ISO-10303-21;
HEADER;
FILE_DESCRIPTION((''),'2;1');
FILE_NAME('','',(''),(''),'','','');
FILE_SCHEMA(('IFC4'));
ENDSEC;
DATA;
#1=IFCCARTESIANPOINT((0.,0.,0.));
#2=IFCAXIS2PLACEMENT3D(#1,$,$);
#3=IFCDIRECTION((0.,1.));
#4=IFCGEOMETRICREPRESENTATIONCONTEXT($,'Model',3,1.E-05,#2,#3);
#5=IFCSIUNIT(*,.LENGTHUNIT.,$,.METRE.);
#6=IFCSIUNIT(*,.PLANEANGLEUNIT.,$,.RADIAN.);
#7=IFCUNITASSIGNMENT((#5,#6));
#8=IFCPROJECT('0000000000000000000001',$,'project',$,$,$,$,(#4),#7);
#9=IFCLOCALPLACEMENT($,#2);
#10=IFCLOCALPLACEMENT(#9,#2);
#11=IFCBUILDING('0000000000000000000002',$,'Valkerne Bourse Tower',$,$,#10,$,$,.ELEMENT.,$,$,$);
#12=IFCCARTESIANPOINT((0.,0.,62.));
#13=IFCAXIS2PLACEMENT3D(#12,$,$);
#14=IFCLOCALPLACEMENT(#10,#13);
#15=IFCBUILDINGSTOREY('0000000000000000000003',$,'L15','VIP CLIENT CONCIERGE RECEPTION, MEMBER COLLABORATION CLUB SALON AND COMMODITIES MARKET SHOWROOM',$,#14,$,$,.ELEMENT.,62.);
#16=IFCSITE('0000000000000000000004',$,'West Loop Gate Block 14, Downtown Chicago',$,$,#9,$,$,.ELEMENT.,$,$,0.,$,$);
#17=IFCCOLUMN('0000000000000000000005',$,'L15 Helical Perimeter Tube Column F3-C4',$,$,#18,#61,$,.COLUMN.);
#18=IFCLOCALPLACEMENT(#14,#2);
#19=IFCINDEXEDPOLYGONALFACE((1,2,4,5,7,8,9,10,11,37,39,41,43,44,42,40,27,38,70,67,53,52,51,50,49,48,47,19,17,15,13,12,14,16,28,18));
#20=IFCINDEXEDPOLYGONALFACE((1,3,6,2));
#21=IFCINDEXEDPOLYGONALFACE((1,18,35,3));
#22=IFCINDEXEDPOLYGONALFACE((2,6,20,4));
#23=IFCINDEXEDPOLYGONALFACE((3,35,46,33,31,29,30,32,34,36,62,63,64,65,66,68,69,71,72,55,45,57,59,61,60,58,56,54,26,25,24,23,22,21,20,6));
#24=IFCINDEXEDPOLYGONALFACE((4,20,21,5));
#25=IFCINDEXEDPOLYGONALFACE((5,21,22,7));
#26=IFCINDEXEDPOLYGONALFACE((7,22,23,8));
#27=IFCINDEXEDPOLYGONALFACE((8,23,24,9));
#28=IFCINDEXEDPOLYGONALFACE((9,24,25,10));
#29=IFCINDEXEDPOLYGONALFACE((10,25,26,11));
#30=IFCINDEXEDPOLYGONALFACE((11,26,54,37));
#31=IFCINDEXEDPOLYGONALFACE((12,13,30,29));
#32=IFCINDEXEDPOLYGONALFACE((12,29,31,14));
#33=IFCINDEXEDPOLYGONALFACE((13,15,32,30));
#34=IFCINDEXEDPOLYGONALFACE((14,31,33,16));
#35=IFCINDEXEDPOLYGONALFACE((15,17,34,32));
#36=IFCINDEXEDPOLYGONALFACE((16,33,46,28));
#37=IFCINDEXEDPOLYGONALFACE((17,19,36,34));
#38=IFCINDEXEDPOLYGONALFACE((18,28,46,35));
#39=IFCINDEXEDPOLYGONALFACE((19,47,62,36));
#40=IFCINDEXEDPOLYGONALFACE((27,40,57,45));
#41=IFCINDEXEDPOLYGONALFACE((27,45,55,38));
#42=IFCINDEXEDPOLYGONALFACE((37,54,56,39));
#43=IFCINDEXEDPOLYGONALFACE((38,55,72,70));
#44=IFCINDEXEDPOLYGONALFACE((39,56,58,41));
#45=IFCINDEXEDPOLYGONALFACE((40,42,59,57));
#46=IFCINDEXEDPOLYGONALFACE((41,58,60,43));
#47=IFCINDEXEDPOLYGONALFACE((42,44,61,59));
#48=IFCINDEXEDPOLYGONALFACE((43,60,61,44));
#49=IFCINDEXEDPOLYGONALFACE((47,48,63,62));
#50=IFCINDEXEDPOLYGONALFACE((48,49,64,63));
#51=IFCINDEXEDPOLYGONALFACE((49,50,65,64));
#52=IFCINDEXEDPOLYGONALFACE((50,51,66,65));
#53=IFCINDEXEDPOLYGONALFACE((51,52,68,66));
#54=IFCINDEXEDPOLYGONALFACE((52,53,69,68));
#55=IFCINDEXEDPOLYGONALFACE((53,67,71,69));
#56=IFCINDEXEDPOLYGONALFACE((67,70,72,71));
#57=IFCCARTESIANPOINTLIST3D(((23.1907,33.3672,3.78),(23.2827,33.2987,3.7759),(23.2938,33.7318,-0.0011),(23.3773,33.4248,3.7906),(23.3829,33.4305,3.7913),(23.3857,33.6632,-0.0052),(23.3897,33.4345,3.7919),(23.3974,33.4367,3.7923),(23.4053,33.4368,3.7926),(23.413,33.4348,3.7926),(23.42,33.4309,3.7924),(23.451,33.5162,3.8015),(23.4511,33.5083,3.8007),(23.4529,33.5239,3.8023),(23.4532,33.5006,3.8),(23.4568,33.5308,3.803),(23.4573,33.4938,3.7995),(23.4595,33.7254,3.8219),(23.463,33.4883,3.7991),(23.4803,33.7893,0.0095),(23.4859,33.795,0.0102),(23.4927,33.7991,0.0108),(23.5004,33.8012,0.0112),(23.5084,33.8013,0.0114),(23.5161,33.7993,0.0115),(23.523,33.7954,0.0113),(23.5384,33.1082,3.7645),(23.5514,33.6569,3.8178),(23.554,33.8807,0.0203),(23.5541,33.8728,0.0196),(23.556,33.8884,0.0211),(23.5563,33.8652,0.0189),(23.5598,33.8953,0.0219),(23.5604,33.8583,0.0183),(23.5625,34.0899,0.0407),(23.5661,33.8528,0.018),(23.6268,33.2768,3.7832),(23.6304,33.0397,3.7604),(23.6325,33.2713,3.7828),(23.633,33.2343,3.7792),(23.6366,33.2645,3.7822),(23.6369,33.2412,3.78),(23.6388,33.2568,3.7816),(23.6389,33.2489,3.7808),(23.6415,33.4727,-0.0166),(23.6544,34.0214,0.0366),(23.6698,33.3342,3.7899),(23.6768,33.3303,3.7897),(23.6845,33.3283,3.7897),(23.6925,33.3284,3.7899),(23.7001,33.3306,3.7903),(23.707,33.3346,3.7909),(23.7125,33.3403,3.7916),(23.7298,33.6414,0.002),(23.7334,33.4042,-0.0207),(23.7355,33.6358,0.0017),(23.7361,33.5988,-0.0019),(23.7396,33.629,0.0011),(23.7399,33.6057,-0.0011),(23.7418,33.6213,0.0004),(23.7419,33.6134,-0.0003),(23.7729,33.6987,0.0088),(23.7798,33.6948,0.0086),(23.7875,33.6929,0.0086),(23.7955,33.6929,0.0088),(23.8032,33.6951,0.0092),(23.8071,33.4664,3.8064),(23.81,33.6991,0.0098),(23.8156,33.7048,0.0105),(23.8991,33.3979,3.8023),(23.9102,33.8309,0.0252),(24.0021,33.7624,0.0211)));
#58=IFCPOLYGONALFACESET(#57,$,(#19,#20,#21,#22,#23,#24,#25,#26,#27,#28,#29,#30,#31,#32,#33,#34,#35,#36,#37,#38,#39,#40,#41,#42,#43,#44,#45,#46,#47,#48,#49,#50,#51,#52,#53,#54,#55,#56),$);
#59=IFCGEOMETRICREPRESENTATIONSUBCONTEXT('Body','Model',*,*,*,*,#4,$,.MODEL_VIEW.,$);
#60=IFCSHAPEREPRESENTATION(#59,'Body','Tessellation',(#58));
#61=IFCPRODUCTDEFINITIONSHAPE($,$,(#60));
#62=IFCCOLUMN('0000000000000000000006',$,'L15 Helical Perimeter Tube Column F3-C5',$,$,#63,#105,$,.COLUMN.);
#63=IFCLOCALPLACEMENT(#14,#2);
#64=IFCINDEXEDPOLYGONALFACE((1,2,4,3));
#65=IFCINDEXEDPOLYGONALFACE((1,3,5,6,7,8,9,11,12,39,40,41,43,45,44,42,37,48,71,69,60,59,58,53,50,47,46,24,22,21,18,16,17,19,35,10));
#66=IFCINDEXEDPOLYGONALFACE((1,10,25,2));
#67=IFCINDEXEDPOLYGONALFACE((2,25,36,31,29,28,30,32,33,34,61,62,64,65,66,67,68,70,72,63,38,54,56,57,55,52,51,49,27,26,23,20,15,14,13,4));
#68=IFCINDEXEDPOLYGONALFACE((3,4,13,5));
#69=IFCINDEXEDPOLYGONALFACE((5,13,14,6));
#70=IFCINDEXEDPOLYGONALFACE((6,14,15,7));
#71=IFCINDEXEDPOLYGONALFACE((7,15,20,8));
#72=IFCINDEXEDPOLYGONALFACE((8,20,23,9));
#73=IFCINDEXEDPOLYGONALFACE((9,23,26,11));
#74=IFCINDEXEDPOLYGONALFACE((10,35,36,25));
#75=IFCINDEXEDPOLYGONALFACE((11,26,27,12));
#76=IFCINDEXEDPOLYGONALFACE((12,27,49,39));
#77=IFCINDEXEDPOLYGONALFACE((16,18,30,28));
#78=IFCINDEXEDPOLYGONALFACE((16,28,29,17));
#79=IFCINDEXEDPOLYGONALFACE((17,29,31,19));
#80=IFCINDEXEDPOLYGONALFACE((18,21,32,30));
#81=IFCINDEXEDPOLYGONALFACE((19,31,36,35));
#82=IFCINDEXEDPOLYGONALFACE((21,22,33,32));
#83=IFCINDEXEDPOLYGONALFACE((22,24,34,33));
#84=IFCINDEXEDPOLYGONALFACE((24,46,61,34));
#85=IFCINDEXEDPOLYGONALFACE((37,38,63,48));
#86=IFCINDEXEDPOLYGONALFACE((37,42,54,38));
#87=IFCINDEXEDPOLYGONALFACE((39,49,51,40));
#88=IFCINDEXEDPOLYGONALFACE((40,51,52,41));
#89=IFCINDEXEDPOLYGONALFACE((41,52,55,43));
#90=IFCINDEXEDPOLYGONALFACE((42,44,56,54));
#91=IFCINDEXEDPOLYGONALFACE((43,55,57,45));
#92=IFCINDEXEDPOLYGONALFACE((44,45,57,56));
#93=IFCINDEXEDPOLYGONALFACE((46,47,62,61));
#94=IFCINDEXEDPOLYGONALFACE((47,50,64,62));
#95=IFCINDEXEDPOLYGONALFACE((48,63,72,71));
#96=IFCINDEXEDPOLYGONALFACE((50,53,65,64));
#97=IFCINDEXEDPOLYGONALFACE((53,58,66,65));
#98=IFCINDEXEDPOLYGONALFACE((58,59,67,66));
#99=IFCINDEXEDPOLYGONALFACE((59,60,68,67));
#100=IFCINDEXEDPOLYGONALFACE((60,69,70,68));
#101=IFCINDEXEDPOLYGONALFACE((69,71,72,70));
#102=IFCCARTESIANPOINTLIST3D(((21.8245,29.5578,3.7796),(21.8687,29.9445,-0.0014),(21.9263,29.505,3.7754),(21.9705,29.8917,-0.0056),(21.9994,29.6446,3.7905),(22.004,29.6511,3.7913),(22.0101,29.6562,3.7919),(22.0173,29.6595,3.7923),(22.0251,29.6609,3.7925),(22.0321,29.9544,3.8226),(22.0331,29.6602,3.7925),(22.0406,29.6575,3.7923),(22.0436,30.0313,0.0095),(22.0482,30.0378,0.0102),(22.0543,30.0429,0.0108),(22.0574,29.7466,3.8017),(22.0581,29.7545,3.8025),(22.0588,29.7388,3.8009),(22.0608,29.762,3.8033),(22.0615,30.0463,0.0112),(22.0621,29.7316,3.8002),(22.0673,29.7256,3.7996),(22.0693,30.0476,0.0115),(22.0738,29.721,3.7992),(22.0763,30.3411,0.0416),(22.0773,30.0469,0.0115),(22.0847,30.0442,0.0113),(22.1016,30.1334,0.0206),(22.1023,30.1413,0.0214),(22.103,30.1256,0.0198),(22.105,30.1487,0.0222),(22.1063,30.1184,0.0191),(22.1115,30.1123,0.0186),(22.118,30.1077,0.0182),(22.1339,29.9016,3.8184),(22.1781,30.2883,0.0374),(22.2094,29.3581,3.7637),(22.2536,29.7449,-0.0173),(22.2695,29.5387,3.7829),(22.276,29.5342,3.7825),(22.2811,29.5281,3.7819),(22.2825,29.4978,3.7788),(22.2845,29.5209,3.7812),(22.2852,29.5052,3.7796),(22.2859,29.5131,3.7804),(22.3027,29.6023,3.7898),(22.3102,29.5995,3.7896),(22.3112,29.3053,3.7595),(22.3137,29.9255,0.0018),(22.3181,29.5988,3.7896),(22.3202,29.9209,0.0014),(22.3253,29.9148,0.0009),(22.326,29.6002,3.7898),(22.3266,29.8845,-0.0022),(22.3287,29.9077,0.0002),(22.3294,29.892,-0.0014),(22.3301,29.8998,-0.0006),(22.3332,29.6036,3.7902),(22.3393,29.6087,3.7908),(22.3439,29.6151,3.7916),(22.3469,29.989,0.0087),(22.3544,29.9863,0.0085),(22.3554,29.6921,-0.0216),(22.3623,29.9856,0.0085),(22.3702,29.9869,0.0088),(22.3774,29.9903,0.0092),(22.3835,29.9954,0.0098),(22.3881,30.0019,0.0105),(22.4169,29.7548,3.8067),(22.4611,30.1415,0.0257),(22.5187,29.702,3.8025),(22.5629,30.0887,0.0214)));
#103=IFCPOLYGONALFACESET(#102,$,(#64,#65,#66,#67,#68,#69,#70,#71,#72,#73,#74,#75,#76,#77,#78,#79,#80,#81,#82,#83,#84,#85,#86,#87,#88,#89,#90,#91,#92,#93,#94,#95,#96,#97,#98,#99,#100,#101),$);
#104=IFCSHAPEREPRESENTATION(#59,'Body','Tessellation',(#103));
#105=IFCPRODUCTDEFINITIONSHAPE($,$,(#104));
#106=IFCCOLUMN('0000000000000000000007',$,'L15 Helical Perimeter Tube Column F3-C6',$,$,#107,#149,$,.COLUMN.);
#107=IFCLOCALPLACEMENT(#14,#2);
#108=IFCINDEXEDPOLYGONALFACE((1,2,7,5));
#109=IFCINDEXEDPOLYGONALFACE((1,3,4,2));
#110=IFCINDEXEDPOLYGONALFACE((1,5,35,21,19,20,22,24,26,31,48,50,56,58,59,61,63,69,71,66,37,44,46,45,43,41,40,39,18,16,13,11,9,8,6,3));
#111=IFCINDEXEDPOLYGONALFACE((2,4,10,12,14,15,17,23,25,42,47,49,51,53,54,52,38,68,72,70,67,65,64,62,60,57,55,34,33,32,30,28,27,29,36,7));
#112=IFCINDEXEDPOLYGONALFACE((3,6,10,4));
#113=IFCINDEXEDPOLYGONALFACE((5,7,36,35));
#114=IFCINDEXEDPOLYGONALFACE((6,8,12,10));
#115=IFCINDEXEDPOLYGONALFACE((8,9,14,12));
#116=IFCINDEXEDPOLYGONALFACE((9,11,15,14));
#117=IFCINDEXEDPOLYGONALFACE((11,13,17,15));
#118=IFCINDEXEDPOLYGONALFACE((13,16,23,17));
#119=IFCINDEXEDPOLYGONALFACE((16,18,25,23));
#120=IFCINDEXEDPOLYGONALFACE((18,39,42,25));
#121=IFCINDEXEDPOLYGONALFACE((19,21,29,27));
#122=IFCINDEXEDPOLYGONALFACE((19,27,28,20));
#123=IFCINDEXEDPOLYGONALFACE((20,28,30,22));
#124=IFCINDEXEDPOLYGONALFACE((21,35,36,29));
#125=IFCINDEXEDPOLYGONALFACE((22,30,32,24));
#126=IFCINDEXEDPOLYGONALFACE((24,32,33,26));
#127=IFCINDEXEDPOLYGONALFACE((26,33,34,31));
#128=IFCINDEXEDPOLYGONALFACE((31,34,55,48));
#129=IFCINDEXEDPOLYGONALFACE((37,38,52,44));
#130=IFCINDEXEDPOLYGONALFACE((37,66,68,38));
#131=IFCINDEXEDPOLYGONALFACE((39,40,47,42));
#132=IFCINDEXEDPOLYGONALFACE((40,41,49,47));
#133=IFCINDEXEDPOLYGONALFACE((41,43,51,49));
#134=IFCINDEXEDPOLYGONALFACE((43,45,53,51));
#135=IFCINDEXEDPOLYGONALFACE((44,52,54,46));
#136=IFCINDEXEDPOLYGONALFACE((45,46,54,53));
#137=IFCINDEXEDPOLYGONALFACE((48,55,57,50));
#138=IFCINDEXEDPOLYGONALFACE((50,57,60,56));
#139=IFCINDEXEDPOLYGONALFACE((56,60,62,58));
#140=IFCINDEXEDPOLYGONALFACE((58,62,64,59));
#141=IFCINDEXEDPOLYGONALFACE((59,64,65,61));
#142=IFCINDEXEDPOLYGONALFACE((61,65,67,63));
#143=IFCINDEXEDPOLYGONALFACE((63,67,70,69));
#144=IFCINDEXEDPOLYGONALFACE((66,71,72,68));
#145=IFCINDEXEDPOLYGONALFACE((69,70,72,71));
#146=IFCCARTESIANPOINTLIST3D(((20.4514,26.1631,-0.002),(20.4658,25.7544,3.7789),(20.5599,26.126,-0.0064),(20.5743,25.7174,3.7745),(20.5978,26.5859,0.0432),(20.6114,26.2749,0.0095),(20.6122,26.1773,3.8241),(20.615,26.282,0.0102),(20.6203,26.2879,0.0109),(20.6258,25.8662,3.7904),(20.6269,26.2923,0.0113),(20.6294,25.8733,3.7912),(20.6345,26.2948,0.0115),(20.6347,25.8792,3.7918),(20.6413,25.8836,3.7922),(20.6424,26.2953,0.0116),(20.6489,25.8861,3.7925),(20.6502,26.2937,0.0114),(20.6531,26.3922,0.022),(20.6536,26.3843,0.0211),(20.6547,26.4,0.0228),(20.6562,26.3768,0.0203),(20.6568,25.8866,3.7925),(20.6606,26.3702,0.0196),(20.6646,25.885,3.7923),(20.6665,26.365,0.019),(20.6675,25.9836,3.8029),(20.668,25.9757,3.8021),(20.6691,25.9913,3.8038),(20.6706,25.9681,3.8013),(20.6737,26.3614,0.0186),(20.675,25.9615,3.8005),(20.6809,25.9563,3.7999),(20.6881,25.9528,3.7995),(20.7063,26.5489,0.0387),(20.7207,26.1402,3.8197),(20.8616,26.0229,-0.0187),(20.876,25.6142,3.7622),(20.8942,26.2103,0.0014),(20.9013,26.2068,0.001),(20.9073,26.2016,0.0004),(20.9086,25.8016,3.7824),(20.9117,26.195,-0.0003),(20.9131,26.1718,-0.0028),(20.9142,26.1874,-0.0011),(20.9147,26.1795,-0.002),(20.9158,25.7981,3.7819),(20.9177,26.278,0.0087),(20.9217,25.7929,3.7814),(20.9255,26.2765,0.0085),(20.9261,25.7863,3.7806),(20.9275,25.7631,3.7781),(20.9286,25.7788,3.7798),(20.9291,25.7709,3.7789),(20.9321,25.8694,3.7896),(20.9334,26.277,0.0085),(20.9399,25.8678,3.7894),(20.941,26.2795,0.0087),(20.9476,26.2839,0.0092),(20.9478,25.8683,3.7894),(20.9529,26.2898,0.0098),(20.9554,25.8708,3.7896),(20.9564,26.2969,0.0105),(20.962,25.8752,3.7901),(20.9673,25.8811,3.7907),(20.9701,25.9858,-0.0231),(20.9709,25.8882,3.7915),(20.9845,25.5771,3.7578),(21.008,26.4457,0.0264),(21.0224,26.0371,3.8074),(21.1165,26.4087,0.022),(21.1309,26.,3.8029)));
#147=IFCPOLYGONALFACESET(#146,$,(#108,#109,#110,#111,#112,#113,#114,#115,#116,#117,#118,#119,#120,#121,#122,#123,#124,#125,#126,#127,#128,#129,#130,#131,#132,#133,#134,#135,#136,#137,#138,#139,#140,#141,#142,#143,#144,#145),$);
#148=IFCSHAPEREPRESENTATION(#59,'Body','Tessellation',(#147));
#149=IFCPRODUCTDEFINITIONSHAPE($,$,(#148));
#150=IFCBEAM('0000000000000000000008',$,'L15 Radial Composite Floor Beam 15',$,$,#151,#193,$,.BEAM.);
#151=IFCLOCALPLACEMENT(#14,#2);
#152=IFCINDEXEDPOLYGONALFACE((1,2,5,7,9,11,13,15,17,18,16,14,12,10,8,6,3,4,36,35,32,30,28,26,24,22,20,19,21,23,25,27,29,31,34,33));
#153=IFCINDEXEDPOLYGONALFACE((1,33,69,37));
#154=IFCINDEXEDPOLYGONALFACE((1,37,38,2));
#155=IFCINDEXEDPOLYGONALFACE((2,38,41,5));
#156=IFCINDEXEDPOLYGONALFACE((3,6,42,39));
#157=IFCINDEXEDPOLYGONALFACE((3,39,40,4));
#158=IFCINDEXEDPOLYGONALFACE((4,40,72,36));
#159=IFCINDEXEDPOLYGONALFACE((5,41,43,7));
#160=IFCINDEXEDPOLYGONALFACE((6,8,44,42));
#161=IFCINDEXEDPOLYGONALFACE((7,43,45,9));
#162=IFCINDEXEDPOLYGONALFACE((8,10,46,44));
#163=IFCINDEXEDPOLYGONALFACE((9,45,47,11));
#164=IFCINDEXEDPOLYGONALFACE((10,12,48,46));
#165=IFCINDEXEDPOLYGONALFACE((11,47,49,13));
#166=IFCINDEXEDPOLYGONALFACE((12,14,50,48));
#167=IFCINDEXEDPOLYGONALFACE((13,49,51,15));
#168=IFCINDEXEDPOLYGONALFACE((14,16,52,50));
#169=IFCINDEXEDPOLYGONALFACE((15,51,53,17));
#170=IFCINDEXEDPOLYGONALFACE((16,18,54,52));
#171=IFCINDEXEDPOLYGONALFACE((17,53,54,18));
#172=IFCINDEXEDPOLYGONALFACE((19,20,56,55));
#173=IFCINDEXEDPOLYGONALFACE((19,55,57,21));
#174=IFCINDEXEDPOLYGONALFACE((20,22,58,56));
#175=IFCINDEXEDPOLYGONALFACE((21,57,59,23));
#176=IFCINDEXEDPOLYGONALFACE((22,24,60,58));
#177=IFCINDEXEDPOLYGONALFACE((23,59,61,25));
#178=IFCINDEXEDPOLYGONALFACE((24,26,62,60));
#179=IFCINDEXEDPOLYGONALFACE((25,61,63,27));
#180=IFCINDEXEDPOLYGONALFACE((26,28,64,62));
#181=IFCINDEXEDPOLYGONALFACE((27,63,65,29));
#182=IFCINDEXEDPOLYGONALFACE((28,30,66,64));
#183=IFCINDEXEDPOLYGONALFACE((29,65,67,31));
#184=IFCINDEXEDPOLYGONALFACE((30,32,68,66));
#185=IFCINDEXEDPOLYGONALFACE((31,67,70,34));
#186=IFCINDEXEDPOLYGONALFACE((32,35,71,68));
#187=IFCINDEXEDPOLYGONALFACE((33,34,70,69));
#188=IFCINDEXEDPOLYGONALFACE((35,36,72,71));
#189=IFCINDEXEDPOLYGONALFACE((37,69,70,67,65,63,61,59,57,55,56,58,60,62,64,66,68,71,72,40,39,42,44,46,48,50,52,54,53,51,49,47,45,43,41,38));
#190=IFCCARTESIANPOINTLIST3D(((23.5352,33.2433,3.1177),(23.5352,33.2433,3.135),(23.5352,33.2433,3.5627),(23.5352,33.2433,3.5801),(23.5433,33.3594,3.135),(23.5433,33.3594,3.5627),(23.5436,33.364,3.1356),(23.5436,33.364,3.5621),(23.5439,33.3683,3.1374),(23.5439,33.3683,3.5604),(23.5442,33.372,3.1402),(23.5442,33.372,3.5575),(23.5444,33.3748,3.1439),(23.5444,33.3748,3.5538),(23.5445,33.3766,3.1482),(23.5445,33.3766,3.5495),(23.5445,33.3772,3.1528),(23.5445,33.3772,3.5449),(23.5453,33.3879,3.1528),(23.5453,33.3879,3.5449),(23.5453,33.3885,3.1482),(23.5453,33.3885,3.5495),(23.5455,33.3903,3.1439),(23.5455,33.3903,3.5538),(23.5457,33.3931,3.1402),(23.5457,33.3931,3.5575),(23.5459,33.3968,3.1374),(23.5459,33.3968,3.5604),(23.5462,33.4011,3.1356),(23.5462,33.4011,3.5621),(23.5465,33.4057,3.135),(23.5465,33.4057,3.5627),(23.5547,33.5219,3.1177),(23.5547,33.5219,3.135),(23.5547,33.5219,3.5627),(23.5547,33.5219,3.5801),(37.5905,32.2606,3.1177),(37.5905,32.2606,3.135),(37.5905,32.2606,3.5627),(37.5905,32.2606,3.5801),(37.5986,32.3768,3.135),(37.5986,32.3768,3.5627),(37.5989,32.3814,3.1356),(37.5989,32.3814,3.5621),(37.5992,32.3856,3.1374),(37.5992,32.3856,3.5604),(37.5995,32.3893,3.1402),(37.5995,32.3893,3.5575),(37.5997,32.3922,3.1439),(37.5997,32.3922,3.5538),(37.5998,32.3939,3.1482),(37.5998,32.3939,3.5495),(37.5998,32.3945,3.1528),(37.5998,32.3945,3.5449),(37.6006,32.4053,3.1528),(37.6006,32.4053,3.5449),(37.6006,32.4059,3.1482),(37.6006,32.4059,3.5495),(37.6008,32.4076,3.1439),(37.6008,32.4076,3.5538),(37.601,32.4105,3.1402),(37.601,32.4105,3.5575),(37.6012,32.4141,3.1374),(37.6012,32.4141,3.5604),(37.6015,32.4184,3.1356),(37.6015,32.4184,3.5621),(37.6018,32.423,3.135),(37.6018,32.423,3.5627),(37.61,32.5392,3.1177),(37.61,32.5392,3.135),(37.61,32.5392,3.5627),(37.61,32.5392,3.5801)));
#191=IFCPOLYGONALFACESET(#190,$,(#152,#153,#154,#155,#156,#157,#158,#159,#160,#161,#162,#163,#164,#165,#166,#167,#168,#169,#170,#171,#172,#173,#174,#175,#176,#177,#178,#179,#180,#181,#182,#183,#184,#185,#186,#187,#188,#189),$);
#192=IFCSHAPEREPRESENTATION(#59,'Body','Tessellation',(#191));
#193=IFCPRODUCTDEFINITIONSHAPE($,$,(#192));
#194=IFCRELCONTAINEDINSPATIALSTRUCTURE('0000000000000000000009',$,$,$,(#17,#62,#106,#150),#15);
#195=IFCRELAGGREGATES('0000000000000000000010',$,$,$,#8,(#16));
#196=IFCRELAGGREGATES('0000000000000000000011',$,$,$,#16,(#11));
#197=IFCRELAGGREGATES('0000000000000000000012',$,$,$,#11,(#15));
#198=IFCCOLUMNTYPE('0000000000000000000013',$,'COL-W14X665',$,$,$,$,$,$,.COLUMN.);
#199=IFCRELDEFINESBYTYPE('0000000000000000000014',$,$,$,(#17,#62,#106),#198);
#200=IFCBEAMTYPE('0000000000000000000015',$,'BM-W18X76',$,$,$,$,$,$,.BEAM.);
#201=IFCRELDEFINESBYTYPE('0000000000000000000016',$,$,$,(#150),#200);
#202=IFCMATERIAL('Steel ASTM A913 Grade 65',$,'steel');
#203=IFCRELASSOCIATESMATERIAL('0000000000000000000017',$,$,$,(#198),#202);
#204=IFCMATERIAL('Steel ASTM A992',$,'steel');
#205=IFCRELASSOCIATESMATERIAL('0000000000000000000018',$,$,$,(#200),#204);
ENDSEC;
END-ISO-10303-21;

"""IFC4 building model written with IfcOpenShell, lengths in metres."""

from ifc_helpers import new_model, si_unit, direction, frame, origin, origin_2d, place, context, subcontext, project, spatial, i_section, extrude, material, material_profile, profile_set, type_object, element, save


model = new_model("IFC4")

# Units and contexts
model_context = context("Model", 3, precision=1e-05, world=origin(), true_north=direction((0.0, 1.0)))
body_context = subcontext(model_context, "Body", "Model", "MODEL_VIEW")
ifc_project = project(units=[si_unit("LENGTHUNIT", "METRE"), si_unit("PLANEANGLEUNIT", "RADIAN")], contexts=[model_context])

# Site, building, storey
site_placement = place(None, origin())
site = spatial("IfcSite", under=ifc_project, at=site_placement, Name="West Loop Gate Block 14, Downtown Chicago", CompositionType="ELEMENT", RefElevation=0.0)
building_placement = place(site_placement, origin())
building = spatial("IfcBuilding", under=site, at=building_placement, Name="Valkerne Bourse Tower", CompositionType="ELEMENT")
storey_placement = place(building_placement, frame((0.0, 0.0, 62.0)))
storey = spatial("IfcBuildingStorey", under=building, at=storey_placement, Name="L15", Description="VIP CLIENT CONCIERGE RECEPTION, MEMBER COLLABORATION CLUB SALON AND COMMODITIES MARKET SHOWROOM", CompositionType="ELEMENT", Elevation=62.0)

# Columns
ifc_material_1 = material(Name="Steel ASTM A913 Grade 65", Category="steel")
ifc_material_profile_1 = material_profile(ifc_material_1, i_section(OverallWidth=0.4497, OverallDepth=0.5486, WebThickness=0.072, FlangeThickness=0.1147, FilletRadius=0.0305, at=origin_2d()), Name="W14X665")
ifc_profile_set_1 = profile_set([ifc_material_profile_1], Name="Steel ASTM A913 Grade 65")
column_type = type_object("IfcColumnType", Name="COL-W14X665", PredefinedType="COLUMN", material=ifc_profile_set_1)
column_1_placement = place(storey_placement, frame((23.6479, 33.7471, 0.01), z_axis=(-0.027113, -0.095923, 0.995019), x_axis=(-0.597522, -0.796434, -0.093061)))
element("IfcColumn", 1, at=column_1_placement, inside=storey, type_object=column_type, Name="L15 Helical Perimeter Tube Column F3-C4", PredefinedType="COLUMN", context=body_context, shape_type="SweptSolid", body=[
    extrude(i_section(OverallWidth=0.4497, OverallDepth=0.5486, WebThickness=0.072, FlangeThickness=0.1147, FilletRadius=0.0305, at=origin_2d()), origin(), (0.0, 0.0, 1.0), 3.8),
])
column_2_placement = place(storey_placement, frame((22.2158, 30.0166, 0.01), z_axis=(-0.011626, -0.101742, 0.994743), x_axis=(-0.461482, -0.881983, -0.095602)))
element("IfcColumn", 2, at=column_2_placement, inside=storey, type_object=column_type, Name="L15 Helical Perimeter Tube Column F3-C5", PredefinedType="COLUMN", context=body_context, shape_type="SweptSolid", body=[
    extrude(i_section(OverallWidth=0.4497, OverallDepth=0.5486, WebThickness=0.072, FlangeThickness=0.1147, FilletRadius=0.0305, at=origin_2d()), origin(), (0.0, 0.0, 1.0), 3.801),
])
column_3_placement = place(storey_placement, frame((20.7839, 26.2859, 0.01), z_axis=(0.003788, -0.107464, 0.994202), x_axis=(-0.325453, -0.940214, -0.100389)))
element("IfcColumn", 3, at=column_3_placement, inside=storey, type_object=column_type, Name="L15 Helical Perimeter Tube Column F3-C6", PredefinedType="COLUMN", context=body_context, shape_type="SweptSolid", body=[
    extrude(i_section(OverallWidth=0.4497, OverallDepth=0.5486, WebThickness=0.072, FlangeThickness=0.1147, FilletRadius=0.0305, at=origin_2d()), origin(), (0.0, 0.0, 1.0), 3.803),
])

# Beam
ifc_material_2 = material(Name="Steel ASTM A992", Category="steel")
ifc_material_profile_2 = material_profile(ifc_material_2, i_section(OverallWidth=0.2793, OverallDepth=0.4624, WebThickness=0.0107, FlangeThickness=0.0173, FilletRadius=0.0178, at=origin_2d()), Name="W18X76")
ifc_profile_set_2 = profile_set([ifc_material_profile_2], Name="Steel ASTM A992")
beam_type_1 = type_object("IfcBeamType", Name="BM-W18X76", PredefinedType="BEAM", material=ifc_profile_set_2)
beam_1_placement = place(storey_placement, frame((23.5449, 33.3826, 3.3489), z_axis=(0.997565, -0.069745, 0.0), x_axis=(0.069745, 0.997565, 0.0)))
element("IfcBeam", 4, at=beam_1_placement, inside=storey, type_object=beam_type_1, Name="L15 Radial Composite Floor Beam 15", PredefinedType="BEAM", context=body_context, shape_type="SweptSolid", body=[
    extrude(i_section(OverallWidth=0.2793, OverallDepth=0.4624, WebThickness=0.0107, FlangeThickness=0.0173, FilletRadius=0.0178, at=origin_2d()), origin(), (0.0, 0.0, 1.0), 14.0896),
])

save(model, "model.ifc")
